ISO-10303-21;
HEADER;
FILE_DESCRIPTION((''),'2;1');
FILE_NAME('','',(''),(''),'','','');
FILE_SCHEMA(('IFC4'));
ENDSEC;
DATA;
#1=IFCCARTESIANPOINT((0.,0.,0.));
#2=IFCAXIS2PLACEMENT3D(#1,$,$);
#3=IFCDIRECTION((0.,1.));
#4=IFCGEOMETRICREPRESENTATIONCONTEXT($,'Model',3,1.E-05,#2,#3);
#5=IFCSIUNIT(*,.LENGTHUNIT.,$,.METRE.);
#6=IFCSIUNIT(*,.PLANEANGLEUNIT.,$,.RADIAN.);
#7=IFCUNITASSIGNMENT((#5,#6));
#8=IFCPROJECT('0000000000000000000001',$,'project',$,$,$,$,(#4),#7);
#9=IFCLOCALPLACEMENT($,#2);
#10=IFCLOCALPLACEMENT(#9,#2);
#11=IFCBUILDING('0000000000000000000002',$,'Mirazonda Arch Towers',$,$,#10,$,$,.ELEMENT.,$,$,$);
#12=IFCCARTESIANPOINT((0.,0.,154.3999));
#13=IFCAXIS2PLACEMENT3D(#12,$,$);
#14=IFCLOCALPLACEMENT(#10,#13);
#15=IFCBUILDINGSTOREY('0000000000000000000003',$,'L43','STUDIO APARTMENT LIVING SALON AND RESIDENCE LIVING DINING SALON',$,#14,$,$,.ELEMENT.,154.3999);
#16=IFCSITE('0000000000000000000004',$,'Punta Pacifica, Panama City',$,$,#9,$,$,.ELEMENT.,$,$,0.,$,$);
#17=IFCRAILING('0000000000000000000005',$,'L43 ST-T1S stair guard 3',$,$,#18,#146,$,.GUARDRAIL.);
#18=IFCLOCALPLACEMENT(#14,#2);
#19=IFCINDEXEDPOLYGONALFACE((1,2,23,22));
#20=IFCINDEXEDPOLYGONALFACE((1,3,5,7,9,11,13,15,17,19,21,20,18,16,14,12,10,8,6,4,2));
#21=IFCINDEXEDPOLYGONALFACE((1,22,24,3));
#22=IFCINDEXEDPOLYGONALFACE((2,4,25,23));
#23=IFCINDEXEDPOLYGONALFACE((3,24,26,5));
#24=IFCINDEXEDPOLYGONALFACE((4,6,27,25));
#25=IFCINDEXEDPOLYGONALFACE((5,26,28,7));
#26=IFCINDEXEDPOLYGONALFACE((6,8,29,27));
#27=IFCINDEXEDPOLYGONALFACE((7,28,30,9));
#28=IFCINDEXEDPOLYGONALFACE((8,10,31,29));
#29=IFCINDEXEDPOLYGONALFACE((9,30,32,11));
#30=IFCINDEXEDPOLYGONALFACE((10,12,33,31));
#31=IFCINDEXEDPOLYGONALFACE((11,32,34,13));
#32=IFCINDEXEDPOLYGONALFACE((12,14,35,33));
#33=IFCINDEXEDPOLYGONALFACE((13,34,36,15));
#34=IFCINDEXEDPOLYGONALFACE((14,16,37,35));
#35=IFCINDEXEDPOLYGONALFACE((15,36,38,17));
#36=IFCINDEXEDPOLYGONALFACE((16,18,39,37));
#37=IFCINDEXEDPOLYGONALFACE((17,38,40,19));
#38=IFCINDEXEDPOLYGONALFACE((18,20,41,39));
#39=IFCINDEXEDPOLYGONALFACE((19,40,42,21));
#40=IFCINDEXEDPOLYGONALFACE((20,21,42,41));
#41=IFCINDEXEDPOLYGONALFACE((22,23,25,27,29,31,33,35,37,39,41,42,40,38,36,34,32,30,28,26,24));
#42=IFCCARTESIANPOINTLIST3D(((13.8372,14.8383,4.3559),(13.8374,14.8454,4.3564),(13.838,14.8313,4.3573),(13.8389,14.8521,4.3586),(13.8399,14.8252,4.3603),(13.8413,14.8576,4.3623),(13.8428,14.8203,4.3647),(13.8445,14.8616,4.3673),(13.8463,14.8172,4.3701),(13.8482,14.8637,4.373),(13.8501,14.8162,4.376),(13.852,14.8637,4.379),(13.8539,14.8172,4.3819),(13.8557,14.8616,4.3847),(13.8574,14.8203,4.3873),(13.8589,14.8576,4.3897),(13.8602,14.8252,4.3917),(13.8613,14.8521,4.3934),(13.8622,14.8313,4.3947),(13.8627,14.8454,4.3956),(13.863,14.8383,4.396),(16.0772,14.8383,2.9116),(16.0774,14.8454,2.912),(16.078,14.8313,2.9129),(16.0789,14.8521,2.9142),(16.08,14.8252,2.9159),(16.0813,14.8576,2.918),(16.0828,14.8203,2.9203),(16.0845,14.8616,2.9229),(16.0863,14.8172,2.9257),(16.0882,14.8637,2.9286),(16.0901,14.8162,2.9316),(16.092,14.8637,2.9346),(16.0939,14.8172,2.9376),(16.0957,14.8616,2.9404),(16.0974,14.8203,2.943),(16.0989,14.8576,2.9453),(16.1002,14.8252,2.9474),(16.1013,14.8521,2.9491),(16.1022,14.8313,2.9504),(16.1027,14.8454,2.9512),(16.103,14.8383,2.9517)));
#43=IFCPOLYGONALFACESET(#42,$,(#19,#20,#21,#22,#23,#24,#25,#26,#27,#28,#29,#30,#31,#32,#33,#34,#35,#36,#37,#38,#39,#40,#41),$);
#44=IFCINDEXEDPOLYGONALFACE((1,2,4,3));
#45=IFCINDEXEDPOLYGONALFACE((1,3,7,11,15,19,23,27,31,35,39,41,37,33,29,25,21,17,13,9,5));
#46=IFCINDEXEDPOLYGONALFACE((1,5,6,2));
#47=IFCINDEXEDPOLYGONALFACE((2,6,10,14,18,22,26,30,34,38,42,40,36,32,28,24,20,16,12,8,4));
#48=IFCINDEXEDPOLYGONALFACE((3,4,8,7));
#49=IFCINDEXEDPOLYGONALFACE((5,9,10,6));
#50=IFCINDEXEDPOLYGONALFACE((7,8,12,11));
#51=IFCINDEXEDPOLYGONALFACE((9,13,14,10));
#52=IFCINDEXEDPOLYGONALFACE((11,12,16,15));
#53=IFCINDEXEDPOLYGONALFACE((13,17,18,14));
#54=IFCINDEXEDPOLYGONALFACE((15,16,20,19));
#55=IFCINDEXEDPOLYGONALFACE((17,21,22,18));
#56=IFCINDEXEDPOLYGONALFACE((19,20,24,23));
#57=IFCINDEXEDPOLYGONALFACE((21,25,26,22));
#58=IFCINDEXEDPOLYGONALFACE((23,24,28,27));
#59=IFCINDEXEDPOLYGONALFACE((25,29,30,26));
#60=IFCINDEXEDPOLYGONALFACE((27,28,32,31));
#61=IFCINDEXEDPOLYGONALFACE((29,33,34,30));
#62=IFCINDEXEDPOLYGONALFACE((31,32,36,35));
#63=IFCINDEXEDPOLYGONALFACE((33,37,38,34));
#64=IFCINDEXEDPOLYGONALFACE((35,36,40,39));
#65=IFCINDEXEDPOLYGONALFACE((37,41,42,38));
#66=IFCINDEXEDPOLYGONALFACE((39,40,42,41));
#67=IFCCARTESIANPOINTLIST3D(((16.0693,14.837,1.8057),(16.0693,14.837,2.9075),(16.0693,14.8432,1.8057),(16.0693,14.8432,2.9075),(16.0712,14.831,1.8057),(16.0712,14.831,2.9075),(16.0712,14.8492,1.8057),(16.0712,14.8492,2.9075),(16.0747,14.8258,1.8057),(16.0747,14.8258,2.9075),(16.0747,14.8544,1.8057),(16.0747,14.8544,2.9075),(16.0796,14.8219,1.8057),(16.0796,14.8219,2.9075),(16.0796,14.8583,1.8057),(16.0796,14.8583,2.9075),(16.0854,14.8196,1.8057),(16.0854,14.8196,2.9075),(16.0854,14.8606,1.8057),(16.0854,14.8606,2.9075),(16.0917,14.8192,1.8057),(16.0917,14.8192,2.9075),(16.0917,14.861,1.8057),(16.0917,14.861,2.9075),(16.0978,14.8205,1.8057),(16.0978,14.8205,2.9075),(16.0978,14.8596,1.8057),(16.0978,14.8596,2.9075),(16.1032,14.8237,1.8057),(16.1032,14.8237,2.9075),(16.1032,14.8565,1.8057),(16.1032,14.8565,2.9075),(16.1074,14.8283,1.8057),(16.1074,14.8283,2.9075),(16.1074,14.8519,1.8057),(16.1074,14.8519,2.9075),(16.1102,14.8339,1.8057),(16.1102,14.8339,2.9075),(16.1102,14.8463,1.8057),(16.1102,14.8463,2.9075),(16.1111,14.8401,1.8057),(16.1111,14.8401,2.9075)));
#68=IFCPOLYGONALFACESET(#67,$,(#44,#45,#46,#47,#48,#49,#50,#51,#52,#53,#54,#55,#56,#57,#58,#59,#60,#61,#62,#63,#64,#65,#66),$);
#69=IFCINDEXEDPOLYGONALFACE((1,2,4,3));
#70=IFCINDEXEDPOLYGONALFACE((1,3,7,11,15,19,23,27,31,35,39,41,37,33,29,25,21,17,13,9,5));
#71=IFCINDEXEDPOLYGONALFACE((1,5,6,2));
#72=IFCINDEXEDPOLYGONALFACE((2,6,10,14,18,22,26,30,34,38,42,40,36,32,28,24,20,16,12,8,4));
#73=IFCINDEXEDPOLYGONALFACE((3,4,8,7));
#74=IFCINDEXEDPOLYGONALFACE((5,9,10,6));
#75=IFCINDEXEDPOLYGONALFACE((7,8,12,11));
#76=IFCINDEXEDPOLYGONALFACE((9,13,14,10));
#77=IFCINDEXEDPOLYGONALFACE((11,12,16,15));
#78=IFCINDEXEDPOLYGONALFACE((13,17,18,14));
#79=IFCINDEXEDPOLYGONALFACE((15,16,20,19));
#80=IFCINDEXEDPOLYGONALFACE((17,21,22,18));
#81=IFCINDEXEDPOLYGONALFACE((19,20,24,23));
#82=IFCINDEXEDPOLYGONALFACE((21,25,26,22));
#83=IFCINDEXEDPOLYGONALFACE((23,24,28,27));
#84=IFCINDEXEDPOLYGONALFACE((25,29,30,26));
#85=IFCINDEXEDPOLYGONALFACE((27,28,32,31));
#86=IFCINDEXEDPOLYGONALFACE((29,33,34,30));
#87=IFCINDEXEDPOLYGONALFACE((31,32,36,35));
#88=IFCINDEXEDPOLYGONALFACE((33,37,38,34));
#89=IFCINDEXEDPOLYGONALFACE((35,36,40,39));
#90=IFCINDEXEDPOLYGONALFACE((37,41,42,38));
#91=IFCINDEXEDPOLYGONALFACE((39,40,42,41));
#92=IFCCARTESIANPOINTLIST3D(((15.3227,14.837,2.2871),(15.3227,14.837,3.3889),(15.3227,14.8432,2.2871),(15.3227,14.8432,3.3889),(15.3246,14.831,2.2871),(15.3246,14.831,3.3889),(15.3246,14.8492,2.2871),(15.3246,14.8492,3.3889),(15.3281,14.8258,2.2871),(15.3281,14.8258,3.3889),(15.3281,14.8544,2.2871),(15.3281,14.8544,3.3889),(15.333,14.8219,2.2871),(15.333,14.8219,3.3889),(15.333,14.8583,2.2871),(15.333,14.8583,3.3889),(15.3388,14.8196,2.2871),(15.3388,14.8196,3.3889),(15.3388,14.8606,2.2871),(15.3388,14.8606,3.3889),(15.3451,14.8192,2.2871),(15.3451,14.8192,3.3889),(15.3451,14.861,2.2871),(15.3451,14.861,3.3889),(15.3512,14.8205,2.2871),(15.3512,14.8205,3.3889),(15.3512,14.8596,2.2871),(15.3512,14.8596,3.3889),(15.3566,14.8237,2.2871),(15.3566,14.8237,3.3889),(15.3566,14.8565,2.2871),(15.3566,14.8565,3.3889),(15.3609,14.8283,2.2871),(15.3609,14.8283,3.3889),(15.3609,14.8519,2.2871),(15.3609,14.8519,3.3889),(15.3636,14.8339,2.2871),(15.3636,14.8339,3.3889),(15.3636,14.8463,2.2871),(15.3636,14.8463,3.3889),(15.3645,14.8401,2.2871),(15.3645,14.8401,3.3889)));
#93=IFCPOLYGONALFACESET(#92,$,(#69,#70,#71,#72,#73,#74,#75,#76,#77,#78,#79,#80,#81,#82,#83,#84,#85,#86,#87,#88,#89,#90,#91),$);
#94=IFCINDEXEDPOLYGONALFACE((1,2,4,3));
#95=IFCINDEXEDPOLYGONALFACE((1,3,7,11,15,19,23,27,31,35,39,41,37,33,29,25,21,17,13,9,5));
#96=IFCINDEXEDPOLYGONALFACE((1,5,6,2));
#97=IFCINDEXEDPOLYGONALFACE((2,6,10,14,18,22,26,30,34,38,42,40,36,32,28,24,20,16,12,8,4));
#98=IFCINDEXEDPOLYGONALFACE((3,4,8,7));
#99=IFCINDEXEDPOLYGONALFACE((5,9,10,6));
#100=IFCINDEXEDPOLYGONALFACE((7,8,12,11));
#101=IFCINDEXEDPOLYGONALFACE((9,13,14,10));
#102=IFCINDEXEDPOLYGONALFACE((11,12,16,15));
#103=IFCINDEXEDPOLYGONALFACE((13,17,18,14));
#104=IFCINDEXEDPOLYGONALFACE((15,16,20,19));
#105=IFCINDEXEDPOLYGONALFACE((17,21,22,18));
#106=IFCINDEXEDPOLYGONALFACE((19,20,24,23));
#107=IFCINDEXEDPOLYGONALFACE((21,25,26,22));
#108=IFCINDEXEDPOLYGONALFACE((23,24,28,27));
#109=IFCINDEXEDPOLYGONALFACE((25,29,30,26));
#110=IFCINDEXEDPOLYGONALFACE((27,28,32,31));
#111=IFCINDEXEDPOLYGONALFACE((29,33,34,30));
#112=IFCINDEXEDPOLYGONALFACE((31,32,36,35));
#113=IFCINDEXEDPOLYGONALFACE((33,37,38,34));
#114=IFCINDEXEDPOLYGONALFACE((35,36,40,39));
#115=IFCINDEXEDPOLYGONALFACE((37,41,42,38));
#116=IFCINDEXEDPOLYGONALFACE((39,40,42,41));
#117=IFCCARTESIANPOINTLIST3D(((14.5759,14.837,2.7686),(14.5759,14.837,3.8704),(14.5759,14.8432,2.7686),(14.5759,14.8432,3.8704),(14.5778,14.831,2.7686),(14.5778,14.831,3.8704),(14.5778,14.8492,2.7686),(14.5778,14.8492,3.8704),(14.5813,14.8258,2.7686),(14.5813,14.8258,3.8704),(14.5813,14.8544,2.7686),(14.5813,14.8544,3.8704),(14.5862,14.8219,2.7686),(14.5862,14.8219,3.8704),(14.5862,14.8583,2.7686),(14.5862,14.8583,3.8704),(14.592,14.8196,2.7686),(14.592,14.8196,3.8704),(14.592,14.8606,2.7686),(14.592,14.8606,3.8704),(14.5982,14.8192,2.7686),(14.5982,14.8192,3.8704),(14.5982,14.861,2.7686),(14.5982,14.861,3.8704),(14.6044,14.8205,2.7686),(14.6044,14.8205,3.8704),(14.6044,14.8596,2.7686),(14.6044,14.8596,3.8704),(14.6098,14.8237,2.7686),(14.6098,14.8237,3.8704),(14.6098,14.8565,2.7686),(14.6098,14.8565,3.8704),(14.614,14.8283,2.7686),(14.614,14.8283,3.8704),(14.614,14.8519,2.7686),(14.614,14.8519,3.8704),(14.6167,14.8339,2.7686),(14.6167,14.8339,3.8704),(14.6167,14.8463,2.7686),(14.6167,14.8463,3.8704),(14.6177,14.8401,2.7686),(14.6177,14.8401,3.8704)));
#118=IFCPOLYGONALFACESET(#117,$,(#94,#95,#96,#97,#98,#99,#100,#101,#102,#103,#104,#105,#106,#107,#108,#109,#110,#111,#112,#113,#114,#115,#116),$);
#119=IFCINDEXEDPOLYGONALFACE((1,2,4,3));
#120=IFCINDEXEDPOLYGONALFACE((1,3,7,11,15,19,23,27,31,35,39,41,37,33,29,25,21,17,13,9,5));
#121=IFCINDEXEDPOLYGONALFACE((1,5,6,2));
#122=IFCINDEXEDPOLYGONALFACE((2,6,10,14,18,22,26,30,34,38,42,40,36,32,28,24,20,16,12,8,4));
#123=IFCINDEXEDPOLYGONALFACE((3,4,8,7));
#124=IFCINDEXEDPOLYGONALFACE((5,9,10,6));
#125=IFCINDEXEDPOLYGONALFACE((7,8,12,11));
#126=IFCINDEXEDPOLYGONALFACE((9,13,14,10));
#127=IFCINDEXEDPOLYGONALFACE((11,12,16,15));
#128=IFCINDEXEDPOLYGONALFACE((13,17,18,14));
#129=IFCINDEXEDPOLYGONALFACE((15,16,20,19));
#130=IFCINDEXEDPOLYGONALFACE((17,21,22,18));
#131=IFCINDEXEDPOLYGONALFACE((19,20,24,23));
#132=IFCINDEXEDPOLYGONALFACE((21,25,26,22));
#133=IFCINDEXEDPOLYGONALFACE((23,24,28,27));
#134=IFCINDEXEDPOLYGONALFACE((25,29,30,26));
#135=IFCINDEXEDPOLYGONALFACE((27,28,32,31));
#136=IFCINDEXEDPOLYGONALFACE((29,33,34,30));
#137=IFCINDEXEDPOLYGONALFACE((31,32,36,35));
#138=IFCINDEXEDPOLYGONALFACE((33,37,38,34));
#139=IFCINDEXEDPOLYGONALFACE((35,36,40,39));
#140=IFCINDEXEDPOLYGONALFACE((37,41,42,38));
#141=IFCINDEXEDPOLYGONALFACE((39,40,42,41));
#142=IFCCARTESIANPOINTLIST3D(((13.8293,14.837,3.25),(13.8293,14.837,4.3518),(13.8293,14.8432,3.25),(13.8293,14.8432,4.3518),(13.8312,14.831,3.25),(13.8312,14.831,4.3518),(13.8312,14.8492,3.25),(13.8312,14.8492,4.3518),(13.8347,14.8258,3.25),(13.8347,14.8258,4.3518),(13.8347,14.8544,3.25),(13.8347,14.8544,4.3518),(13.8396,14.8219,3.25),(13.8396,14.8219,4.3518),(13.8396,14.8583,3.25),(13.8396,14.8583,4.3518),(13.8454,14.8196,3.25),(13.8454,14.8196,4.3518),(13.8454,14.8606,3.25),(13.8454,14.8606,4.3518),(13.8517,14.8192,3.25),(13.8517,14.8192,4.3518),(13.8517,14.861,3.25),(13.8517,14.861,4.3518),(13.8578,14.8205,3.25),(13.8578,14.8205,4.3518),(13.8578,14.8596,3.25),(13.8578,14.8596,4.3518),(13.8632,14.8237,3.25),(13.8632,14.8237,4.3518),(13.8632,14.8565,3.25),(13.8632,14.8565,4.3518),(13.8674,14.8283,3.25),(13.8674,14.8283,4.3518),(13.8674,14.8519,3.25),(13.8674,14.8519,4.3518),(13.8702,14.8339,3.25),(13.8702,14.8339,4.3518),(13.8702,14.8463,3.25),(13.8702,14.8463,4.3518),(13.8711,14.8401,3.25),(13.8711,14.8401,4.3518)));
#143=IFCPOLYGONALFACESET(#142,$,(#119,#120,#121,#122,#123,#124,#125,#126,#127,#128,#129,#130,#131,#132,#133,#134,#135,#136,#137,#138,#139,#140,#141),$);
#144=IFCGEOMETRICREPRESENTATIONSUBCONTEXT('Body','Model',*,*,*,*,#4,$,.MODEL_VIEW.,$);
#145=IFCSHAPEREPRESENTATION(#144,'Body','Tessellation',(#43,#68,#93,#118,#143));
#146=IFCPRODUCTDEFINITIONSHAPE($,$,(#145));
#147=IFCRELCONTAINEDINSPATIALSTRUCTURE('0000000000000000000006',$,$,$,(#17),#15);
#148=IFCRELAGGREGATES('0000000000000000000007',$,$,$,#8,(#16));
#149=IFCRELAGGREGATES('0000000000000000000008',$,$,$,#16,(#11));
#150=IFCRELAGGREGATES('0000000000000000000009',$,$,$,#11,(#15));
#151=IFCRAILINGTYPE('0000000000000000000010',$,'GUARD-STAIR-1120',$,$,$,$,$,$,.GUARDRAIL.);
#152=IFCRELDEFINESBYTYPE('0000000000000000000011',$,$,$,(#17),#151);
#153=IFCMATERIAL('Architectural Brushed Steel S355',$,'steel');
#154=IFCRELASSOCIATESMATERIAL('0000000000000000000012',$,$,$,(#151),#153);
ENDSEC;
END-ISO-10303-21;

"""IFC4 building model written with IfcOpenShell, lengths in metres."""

from ifc_helpers import new_model, si_unit, direction, frame, origin, origin_2d, place, context, subcontext, project, spatial, circle, extrude, material, type_object, element, save


model = new_model("IFC4")

# Units and contexts
model_context = context("Model", 3, precision=1e-05, world=origin(), true_north=direction((0.0, 1.0)))
body_context = subcontext(model_context, "Body", "Model", "MODEL_VIEW")
ifc_project = project(units=[si_unit("LENGTHUNIT", "METRE"), si_unit("PLANEANGLEUNIT", "RADIAN")], contexts=[model_context])

# Site, building, storey
site_placement = place(None, origin())
site = spatial("IfcSite", under=ifc_project, at=site_placement, Name="Punta Pacifica, Panama City", CompositionType="ELEMENT", RefElevation=0.0)
building_placement = place(site_placement, origin())
building = spatial("IfcBuilding", under=site, at=building_placement, Name="Mirazonda Arch Towers", CompositionType="ELEMENT")
storey_placement = place(building_placement, frame((0.0, 0.0, 154.3999)))
storey = spatial("IfcBuildingStorey", under=building, at=storey_placement, Name="L43", Description="STUDIO APARTMENT LIVING SALON AND RESIDENCE LIVING DINING SALON", CompositionType="ELEMENT", Elevation=154.3999)

# Shared definitions
ifc_material_1 = material(Name="Architectural Brushed Steel S355", Category="steel")

# Railing
railing_type_1 = type_object("IfcRailingType", Name="GUARD-STAIR-1120", PredefinedType="GUARDRAIL", material=ifc_material_1)
railing_1_placement = place(storey_placement, frame((16.0901, 14.8401, 1.8057)))
element("IfcRailing", 1, at=railing_1_placement, inside=storey, type_object=railing_type_1, Name="L43 ST-T1S stair guard 3", PredefinedType="GUARDRAIL", context=body_context, shape_type="SweptSolid", body=[
    extrude(circle(Radius=0.0239, at=origin_2d()), frame((0.0, 0.0, 1.126), z_axis=(-0.840437, 0.0, 0.54191), x_axis=(0.0, -1.0, 0.0)), (0.0, 0.0, 1.0), 2.6653),
    extrude(circle(Radius=0.021, at=origin_2d()), origin(), (0.0, 0.0, 1.0), 1.1018),
    extrude(circle(Radius=0.021, at=origin_2d()), frame((-0.7466, 0.0, 0.4814)), (0.0, 0.0, 1.0), 1.1018),
    extrude(circle(Radius=0.021, at=origin_2d()), frame((-1.4934, 0.0, 0.9629)), (0.0, 0.0, 1.0), 1.1018),
    extrude(circle(Radius=0.021, at=origin_2d()), frame((-2.24, 0.0, 1.4443)), (0.0, 0.0, 1.0), 1.1018),
])

save(model, "model.ifc")
